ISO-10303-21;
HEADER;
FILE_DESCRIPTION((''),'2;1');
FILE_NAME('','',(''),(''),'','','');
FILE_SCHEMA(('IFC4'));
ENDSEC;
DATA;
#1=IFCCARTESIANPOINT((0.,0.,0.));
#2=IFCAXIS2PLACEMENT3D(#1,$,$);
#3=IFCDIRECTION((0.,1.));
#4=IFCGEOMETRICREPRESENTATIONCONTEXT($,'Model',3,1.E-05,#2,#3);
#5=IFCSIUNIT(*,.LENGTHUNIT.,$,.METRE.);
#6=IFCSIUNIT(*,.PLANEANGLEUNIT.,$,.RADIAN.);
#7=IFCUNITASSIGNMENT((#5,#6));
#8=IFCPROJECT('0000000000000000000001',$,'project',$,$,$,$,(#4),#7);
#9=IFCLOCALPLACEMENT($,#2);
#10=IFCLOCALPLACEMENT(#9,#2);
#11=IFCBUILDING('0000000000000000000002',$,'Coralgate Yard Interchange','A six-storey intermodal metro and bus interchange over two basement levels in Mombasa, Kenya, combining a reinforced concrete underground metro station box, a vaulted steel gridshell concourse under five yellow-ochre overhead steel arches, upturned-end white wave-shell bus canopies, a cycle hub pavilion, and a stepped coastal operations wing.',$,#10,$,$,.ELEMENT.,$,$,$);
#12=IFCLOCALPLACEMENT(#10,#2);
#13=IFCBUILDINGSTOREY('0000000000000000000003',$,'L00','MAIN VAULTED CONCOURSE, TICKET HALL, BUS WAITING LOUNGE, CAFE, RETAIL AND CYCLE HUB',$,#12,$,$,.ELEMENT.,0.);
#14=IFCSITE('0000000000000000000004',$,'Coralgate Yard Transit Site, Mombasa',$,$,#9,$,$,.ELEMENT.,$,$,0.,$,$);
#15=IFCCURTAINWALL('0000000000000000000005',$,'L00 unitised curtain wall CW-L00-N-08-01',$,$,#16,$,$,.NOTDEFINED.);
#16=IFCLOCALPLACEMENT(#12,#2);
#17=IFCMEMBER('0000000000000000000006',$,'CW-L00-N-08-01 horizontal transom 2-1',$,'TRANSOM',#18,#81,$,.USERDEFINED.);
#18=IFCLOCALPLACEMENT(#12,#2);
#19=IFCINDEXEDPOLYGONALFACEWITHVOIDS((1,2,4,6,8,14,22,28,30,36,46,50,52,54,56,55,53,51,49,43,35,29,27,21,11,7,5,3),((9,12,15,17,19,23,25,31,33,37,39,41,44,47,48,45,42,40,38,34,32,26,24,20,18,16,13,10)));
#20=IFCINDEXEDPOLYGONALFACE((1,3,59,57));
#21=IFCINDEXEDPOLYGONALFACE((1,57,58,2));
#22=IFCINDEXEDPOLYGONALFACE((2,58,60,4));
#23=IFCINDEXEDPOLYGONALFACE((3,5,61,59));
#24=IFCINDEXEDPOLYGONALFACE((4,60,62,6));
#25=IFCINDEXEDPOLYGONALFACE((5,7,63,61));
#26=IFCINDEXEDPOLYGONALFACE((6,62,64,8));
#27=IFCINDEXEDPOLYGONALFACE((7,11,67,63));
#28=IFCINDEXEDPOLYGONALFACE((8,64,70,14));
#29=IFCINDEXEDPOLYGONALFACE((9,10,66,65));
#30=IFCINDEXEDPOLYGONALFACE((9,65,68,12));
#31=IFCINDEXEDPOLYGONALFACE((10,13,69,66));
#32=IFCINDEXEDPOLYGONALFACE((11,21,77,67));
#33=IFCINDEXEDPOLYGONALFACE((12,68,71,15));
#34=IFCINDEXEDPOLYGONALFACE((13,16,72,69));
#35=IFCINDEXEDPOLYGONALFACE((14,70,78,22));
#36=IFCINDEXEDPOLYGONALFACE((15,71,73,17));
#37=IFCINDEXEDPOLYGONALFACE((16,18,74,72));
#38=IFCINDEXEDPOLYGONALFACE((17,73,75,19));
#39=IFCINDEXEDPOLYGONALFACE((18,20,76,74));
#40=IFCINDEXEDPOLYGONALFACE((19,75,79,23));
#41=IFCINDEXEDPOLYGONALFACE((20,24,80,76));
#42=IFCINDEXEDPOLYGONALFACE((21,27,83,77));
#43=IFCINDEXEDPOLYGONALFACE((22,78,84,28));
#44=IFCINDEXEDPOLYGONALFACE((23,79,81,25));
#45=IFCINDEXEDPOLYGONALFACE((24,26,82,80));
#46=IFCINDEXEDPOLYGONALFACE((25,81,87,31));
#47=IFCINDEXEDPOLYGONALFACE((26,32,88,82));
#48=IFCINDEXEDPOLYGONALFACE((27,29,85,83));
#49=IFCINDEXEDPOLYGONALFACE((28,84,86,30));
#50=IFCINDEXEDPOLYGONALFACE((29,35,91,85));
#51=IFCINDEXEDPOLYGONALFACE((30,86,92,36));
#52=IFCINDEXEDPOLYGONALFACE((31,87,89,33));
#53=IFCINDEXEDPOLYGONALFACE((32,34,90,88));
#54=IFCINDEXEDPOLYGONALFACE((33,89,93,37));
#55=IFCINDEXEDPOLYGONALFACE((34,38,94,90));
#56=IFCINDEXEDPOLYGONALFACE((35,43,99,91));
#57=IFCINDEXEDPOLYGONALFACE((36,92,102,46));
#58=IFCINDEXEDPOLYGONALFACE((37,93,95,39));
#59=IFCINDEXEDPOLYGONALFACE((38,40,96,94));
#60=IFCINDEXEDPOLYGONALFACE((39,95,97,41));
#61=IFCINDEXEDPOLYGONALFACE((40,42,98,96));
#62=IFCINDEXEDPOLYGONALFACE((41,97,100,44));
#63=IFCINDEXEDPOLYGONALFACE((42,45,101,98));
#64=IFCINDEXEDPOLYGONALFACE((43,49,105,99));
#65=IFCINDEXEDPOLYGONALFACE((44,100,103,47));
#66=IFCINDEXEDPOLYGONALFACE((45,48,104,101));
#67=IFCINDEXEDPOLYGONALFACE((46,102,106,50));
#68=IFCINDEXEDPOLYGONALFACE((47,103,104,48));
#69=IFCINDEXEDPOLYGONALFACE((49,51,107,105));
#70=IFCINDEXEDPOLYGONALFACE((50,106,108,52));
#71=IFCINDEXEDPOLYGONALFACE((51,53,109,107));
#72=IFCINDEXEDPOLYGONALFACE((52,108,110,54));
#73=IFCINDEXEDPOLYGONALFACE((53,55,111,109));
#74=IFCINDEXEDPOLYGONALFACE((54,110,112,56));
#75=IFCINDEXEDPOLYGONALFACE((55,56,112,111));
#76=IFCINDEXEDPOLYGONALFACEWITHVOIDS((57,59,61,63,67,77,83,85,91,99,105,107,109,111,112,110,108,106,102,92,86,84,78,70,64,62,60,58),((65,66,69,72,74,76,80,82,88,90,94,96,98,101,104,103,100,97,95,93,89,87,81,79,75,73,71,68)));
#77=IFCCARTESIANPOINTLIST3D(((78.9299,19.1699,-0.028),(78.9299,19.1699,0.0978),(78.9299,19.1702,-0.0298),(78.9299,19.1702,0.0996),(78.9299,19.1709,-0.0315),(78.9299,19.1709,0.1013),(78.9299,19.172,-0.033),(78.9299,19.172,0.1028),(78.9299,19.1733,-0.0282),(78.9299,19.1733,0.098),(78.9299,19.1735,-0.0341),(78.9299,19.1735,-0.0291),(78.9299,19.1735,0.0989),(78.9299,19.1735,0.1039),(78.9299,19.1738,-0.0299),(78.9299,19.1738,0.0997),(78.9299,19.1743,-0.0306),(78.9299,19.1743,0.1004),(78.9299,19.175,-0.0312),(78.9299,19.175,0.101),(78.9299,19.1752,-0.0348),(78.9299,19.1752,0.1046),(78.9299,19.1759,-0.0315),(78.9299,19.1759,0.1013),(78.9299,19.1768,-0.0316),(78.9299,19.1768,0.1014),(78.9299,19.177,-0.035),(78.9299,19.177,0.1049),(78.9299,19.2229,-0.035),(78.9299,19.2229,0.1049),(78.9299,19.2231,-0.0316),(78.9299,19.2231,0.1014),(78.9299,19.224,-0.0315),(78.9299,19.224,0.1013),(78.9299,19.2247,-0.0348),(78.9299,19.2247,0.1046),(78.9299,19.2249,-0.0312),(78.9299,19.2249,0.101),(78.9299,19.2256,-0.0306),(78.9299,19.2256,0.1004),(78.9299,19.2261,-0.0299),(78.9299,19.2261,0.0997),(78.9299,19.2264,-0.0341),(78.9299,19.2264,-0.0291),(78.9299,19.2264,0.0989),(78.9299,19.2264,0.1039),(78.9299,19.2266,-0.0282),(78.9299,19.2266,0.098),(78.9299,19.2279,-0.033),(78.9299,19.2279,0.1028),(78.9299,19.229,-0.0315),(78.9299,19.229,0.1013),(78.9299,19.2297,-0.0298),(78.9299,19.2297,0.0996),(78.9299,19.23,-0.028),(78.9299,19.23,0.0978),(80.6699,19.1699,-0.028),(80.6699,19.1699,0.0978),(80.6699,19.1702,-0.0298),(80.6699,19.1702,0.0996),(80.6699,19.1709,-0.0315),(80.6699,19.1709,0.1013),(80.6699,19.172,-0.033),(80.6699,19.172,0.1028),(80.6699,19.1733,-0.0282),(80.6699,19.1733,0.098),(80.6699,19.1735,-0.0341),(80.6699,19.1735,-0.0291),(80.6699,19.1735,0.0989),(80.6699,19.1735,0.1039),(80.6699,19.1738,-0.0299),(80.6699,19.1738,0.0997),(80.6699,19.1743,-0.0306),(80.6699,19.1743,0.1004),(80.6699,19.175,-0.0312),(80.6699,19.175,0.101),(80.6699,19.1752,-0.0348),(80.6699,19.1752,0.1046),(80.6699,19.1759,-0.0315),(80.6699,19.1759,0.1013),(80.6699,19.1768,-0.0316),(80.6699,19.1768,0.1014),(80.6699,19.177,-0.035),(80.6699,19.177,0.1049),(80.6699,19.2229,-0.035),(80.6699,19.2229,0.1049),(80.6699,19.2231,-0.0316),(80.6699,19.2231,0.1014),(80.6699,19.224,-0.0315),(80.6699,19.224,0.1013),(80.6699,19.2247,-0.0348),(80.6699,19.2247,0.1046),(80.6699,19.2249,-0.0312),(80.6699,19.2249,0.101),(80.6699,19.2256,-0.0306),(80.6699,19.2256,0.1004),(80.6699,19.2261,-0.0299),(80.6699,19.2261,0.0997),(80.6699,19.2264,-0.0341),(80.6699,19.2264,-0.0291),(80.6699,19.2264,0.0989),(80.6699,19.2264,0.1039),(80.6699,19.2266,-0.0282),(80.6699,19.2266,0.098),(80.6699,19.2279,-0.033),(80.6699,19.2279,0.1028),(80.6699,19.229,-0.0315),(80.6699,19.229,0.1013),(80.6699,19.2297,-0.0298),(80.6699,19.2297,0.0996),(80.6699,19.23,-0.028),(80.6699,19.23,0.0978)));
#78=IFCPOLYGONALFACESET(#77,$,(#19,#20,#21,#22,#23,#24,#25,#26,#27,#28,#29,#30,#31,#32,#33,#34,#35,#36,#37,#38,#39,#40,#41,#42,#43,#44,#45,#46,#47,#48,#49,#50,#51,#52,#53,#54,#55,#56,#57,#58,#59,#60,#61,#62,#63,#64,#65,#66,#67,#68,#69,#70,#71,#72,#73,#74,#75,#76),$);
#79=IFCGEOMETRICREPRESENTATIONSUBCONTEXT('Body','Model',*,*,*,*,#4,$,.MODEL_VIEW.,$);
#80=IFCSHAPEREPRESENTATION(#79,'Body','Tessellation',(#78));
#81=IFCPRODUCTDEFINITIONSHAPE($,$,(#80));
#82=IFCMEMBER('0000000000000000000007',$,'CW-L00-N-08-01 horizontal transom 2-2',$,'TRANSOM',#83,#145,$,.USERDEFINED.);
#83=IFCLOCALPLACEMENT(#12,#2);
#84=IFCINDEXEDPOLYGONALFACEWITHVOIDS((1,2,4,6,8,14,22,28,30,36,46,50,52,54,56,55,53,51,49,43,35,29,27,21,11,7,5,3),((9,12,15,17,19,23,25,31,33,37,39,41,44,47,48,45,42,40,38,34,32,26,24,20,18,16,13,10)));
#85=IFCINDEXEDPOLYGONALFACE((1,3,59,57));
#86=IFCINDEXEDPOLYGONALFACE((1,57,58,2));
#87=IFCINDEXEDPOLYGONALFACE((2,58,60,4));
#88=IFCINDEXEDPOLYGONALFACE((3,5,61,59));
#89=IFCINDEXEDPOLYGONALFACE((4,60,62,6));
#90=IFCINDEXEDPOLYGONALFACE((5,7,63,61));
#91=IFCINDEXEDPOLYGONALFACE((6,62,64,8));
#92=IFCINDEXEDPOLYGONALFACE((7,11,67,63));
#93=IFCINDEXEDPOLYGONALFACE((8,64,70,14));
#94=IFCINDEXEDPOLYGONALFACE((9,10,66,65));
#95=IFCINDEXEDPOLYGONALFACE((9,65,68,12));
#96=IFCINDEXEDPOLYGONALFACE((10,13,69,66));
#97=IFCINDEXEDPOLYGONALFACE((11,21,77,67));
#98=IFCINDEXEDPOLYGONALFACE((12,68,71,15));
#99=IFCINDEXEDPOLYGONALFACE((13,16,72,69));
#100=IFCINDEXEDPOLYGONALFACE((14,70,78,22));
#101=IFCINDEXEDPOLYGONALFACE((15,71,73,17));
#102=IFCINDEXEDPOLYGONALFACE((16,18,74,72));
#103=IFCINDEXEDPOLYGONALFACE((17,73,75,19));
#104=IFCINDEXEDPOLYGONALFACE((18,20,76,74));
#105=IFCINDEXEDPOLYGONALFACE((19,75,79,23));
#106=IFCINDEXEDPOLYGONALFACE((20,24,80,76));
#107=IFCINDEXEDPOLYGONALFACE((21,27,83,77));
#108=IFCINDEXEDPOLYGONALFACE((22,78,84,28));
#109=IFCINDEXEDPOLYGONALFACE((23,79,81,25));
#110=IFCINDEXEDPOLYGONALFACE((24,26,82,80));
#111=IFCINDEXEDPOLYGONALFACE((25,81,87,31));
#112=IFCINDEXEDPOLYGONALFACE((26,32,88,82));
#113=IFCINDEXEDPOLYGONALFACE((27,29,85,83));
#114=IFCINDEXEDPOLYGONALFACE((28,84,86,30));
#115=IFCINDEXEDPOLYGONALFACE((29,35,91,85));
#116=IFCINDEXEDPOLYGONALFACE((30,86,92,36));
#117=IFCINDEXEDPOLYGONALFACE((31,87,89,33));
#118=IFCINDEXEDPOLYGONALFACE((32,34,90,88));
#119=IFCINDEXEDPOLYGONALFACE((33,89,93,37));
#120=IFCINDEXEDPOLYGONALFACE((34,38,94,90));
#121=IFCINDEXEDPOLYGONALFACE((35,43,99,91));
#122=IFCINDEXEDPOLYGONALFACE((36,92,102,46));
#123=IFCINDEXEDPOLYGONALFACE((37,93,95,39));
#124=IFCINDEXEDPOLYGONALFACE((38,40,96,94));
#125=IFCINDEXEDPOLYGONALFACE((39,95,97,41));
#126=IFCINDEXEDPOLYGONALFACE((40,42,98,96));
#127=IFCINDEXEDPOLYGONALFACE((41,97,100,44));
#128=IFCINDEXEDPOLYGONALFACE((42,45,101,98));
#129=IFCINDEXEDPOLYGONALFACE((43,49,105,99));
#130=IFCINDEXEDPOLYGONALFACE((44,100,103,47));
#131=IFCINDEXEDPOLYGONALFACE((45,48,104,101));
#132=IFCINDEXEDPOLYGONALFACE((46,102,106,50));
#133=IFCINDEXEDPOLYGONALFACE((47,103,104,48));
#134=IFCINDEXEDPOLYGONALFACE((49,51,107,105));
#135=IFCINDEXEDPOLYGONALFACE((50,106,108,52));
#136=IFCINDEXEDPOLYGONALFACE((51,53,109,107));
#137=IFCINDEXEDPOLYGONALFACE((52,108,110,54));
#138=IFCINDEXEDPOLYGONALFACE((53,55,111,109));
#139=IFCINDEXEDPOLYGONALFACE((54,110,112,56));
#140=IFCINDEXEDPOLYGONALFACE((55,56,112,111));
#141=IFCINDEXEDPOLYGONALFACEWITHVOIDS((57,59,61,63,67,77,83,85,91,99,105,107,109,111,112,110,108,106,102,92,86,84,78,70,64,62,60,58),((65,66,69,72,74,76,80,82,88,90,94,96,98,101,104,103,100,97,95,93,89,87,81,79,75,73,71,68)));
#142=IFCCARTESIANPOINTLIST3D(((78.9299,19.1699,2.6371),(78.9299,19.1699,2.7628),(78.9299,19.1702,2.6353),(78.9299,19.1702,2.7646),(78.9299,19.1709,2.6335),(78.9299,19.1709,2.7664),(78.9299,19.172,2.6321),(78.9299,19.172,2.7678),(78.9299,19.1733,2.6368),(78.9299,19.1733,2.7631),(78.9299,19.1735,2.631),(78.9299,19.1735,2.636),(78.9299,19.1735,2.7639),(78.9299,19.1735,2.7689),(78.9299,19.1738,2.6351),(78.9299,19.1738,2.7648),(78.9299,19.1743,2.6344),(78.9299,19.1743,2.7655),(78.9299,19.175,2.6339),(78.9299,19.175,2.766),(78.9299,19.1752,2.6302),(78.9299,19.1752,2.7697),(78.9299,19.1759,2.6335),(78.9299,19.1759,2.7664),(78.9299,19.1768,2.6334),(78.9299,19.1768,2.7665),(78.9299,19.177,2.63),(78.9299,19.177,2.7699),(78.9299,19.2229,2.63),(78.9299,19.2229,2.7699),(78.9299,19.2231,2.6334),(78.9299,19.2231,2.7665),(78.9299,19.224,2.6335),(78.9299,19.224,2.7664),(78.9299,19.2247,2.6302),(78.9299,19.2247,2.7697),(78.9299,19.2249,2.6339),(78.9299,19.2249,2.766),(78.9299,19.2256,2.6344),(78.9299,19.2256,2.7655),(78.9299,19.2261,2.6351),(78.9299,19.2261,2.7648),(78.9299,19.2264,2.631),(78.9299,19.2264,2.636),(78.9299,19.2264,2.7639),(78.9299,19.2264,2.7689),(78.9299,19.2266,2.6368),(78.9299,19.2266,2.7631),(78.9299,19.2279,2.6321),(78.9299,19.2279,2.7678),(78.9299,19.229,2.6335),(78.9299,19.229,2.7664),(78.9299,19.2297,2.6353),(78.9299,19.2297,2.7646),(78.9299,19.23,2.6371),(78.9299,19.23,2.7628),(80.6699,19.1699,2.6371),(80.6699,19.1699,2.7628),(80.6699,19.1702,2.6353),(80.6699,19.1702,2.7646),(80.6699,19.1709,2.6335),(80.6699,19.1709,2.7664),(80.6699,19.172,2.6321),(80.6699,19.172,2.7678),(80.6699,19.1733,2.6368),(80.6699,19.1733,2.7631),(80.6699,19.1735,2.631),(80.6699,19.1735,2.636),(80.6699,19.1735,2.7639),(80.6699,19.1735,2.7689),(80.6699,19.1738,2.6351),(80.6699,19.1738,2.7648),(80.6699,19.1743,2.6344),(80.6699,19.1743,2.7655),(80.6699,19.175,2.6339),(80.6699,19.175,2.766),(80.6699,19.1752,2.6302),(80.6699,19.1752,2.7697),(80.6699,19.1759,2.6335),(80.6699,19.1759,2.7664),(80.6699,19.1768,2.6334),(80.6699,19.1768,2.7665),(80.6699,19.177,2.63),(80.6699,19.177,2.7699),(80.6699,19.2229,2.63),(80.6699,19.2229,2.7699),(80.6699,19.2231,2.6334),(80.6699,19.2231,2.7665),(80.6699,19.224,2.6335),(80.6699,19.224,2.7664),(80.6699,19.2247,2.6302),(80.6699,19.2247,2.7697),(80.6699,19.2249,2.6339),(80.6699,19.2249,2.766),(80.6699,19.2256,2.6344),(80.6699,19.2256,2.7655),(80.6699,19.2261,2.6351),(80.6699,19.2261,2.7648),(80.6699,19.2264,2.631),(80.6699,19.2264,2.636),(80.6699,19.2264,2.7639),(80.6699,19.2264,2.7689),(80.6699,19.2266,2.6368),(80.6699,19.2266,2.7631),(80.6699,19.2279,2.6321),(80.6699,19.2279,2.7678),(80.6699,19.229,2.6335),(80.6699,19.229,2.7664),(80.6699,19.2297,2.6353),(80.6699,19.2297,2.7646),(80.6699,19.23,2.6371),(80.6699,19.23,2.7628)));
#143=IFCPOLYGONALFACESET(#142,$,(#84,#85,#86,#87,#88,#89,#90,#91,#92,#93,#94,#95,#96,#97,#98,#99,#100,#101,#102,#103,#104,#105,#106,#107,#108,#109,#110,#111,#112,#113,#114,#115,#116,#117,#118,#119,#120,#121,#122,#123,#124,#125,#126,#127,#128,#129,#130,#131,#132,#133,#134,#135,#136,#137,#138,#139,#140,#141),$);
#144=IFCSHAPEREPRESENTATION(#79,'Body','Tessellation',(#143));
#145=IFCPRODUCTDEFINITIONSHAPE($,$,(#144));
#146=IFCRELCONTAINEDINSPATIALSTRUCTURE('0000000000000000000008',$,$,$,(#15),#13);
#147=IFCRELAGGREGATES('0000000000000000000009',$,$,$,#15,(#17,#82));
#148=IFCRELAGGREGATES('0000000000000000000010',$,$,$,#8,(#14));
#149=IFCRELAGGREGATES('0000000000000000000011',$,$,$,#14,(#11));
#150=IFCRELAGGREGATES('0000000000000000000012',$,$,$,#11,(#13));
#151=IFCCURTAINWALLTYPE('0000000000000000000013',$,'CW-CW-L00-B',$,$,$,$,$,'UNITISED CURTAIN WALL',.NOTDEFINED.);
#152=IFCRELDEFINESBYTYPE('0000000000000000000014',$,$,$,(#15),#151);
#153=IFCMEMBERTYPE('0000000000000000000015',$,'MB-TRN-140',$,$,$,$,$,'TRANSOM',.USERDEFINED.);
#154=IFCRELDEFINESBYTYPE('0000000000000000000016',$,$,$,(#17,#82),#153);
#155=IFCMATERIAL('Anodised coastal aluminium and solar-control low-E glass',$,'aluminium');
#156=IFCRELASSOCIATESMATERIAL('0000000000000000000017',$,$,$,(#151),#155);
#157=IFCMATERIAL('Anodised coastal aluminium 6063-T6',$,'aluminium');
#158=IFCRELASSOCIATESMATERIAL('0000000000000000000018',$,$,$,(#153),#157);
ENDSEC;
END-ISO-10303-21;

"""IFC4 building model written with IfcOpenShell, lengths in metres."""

from ifc_helpers import new_model, si_unit, direction, frame, origin, origin_2d, place, context, subcontext, project, spatial, hollow_rectangle, extrude, material, material_profile, profile_set, type_object, element, aggregate, save


model = new_model("IFC4")

# Units and contexts
model_context = context("Model", 3, precision=1e-05, world=origin(), true_north=direction((0.0, 1.0)))
body_context = subcontext(model_context, "Body", "Model", "MODEL_VIEW")
ifc_project = project(units=[si_unit("LENGTHUNIT", "METRE"), si_unit("PLANEANGLEUNIT", "RADIAN")], contexts=[model_context])

# Site, building, storey
site_placement = place(None, origin())
site = spatial("IfcSite", under=ifc_project, at=site_placement, Name="Coralgate Yard Transit Site, Mombasa", CompositionType="ELEMENT", RefElevation=0.0)
building_placement = place(site_placement, origin())
building = spatial("IfcBuilding", under=site, at=building_placement, Name="Coralgate Yard Interchange", Description="A six-storey intermodal metro and bus interchange over two basement levels in Mombasa, Kenya, combining a reinforced concrete underground metro station box, a vaulted steel gridshell concourse under five yellow-ochre overhead steel arches, upturned-end white wave-shell bus canopies, a cycle hub pavilion, and a stepped coastal operations wing.", CompositionType="ELEMENT")
storey_placement = place(building_placement, origin())
storey = spatial("IfcBuildingStorey", under=building, at=storey_placement, Name="L00", Description="MAIN VAULTED CONCOURSE, TICKET HALL, BUS WAITING LOUNGE, CAFE, RETAIL AND CYCLE HUB", CompositionType="ELEMENT", Elevation=0.0)

# Curtain wall, members
ifc_material_1 = material(Name="Anodised coastal aluminium and solar-control low-E glass", Category="aluminium")
curtain_wall_type = type_object("IfcCurtainWallType", Name="CW-CW-L00-B", ElementType="UNITISED CURTAIN WALL", PredefinedType="NOTDEFINED", material=ifc_material_1)
curtain_wall_placement = place(storey_placement, origin())
curtain_wall = element("IfcCurtainWall", 1, at=curtain_wall_placement, inside=storey, type_object=curtain_wall_type, Name="L00 unitised curtain wall CW-L00-N-08-01", PredefinedType="NOTDEFINED")
ifc_material_2 = material(Name="Anodised coastal aluminium 6063-T6", Category="aluminium")
ifc_material_profile_1 = material_profile(ifc_material_2, hollow_rectangle(XDim=0.0601, YDim=0.1399, WallThickness=0.0034, InnerFilletRadius=0.0034, OuterFilletRadius=0.0071, at=origin_2d()), Name="ALU 60x140x3.5")
ifc_profile_set_1 = profile_set([ifc_material_profile_1], Name="Anodised coastal aluminium 6063-T6")
member_type_1 = type_object("IfcMemberType", Name="MB-TRN-140", ElementType="TRANSOM", PredefinedType="USERDEFINED", material=ifc_profile_set_1)
member_1_placement = place(storey_placement, frame((78.9299, 19.2, 0.0349), z_axis=(1.0, 0.0, 0.0), x_axis=(0.0, 1.0, 0.0)))
member_1 = element("IfcMember", 2, at=member_1_placement, type_object=member_type_1, Name="CW-L00-N-08-01 horizontal transom 2-1", ObjectType="TRANSOM", PredefinedType="USERDEFINED", context=body_context, shape_type="SweptSolid", body=[
    extrude(hollow_rectangle(XDim=0.0601, YDim=0.1399, WallThickness=0.0034, InnerFilletRadius=0.0034, OuterFilletRadius=0.0071, at=origin_2d()), origin(), (0.0, 0.0, 1.0), 1.74),
])
member_2_placement = place(storey_placement, frame((78.9299, 19.2, 2.7), z_axis=(1.0, 0.0, 0.0), x_axis=(0.0, 1.0, 0.0)))
member_2 = element("IfcMember", 3, at=member_2_placement, type_object=member_type_1, Name="CW-L00-N-08-01 horizontal transom 2-2", ObjectType="TRANSOM", PredefinedType="USERDEFINED", context=body_context, shape_type="SweptSolid", body=[
    extrude(hollow_rectangle(XDim=0.0601, YDim=0.1399, WallThickness=0.0034, InnerFilletRadius=0.0034, OuterFilletRadius=0.0071, at=origin_2d()), origin(), (0.0, 0.0, 1.0), 1.74),
])
aggregate(curtain_wall, [member_1, member_2])

save(model, "model.ifc")
